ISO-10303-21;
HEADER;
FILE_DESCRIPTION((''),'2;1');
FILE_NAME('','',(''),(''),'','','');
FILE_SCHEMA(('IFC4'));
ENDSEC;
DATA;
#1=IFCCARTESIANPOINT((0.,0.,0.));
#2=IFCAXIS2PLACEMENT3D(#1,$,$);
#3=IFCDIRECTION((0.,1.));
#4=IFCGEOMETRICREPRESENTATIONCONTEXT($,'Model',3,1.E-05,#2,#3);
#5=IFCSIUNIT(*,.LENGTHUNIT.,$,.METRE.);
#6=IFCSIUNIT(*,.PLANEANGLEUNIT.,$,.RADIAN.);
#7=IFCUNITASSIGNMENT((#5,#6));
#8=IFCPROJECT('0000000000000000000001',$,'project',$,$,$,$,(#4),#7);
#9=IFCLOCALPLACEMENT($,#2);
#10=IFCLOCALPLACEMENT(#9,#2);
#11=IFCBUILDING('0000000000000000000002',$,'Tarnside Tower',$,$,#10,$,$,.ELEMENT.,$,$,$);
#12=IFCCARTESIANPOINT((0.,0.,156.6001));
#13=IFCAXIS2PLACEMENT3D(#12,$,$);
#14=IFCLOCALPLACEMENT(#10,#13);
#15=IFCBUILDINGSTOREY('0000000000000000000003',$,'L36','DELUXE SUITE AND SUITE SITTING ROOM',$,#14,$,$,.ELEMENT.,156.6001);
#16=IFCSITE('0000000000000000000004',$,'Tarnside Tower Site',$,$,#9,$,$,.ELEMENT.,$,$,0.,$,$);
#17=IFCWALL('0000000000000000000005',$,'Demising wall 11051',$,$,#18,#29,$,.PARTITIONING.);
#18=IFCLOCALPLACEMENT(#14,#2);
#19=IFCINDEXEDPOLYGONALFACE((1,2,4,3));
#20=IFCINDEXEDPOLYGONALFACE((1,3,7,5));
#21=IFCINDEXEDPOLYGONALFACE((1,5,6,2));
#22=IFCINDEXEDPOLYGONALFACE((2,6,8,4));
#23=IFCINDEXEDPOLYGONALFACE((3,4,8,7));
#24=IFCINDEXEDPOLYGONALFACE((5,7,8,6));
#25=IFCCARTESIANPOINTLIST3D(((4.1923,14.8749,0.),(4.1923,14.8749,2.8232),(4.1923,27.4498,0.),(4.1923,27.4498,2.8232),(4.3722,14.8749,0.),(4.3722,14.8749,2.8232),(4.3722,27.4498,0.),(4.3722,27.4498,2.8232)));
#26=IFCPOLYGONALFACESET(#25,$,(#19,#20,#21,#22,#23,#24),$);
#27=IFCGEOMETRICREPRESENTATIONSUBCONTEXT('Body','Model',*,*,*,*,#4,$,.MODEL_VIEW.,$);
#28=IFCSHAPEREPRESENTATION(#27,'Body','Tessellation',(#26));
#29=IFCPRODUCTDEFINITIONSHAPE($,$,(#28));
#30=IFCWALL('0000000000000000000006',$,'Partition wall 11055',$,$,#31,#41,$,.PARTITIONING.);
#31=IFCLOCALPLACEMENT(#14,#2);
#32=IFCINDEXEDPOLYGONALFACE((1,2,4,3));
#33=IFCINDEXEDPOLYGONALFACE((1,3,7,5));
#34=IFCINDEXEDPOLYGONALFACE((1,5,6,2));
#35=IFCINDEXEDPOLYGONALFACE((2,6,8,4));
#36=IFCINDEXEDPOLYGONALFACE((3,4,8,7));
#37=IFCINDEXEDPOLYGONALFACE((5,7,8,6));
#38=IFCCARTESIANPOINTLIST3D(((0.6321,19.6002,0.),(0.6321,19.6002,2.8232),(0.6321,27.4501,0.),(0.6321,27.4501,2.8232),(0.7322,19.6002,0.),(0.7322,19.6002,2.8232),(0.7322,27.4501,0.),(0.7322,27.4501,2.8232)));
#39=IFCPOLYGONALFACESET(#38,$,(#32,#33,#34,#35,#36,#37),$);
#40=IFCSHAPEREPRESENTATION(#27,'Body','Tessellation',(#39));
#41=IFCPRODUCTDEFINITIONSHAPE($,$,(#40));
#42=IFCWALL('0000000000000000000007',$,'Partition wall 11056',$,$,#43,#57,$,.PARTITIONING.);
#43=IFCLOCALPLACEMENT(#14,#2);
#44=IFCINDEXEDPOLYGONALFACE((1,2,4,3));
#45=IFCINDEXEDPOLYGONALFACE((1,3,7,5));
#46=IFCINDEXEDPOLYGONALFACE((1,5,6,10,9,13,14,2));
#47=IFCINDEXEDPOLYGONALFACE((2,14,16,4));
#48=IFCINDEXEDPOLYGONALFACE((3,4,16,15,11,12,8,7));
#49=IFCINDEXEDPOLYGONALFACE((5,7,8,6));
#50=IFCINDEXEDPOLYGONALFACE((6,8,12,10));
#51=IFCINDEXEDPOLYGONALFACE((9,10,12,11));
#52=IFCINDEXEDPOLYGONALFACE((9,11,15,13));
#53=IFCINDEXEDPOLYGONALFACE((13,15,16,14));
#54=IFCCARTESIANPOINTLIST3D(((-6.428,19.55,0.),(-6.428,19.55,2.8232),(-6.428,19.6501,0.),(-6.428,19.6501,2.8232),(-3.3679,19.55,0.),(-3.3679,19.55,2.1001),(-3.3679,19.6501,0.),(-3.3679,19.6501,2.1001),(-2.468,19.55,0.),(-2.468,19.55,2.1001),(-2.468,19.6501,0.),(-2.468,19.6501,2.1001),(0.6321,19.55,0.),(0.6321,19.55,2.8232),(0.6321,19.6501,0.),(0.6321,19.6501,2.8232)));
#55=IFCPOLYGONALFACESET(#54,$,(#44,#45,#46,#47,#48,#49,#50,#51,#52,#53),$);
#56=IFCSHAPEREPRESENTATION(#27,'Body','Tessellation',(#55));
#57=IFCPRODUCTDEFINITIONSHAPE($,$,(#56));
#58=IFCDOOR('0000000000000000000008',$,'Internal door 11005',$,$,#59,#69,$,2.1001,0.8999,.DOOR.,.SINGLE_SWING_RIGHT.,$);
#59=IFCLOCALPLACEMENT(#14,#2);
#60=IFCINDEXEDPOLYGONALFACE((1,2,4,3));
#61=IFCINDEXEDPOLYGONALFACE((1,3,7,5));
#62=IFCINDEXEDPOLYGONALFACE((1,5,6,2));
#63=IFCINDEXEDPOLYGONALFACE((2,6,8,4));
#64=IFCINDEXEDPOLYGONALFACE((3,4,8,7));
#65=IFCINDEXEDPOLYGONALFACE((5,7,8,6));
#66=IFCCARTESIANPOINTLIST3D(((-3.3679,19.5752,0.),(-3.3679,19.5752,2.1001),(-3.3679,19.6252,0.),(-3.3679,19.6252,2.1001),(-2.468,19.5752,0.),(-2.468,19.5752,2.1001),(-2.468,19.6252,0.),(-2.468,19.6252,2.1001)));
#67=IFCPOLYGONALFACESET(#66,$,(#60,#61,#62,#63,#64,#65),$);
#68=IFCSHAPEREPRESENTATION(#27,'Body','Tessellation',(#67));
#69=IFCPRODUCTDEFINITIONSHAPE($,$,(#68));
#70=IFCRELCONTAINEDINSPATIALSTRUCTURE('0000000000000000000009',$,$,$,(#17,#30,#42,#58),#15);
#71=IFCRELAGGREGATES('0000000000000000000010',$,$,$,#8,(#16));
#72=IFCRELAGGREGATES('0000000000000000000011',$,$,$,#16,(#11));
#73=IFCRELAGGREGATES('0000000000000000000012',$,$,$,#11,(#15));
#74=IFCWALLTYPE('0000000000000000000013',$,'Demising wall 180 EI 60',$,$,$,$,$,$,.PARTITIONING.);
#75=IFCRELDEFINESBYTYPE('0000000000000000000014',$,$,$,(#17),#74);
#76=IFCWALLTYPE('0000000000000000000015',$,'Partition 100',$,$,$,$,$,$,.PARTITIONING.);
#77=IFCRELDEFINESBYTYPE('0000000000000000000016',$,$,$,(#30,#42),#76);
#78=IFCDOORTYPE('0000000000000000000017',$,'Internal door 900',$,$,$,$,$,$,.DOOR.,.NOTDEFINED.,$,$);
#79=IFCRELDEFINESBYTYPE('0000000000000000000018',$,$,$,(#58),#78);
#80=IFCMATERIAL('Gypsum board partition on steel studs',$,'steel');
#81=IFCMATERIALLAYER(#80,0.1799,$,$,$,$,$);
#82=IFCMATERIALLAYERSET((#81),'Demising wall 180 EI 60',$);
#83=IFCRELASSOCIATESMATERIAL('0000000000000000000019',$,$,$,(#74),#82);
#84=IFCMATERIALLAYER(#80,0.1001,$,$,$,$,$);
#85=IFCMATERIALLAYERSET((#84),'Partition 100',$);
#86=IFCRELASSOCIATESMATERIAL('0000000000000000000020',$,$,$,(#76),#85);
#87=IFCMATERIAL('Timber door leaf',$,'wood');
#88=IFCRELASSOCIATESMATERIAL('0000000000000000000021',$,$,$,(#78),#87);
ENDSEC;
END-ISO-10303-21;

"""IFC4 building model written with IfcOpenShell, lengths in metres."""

from ifc_helpers import new_model, si_unit, direction, frame, frame_2d, origin, place, context, subcontext, project, spatial, rectangle, extrude, material, layer, layer_set, type_object, element, fill, save


model = new_model("IFC4")

# Units and contexts
model_context = context("Model", 3, precision=1e-05, world=origin(), true_north=direction((0.0, 1.0)))
body_context = subcontext(model_context, "Body", "Model", "MODEL_VIEW")
ifc_project = project(units=[si_unit("LENGTHUNIT", "METRE"), si_unit("PLANEANGLEUNIT", "RADIAN")], contexts=[model_context])

# Site, building, storey
site_placement = place(None, origin())
site = spatial("IfcSite", under=ifc_project, at=site_placement, Name="Tarnside Tower Site", CompositionType="ELEMENT", RefElevation=0.0)
building_placement = place(site_placement, origin())
building = spatial("IfcBuilding", under=site, at=building_placement, Name="Tarnside Tower", CompositionType="ELEMENT")
storey_placement = place(building_placement, frame((0.0, 0.0, 156.6001)))
storey = spatial("IfcBuildingStorey", under=building, at=storey_placement, Name="L36", Description="DELUXE SUITE AND SUITE SITTING ROOM", CompositionType="ELEMENT", Elevation=156.6001)

# Shared definitions
ifc_material_1 = material(Name="Gypsum board partition on steel studs", Category="steel")
ifc_material_2 = material(Name="Timber door leaf", Category="wood")

# Walls
ifc_layer_1 = layer(ifc_material_1, 0.1799)
ifc_layer_set_1 = layer_set([ifc_layer_1], Name="Demising wall 180 EI 60")
wall_type_1 = type_object("IfcWallType", Name="Demising wall 180 EI 60", PredefinedType="PARTITIONING", material=ifc_layer_set_1)
wall_1_placement = place(storey_placement, frame((4.2822, 27.45, 0.0), z_axis=(0.0, 0.0, 1.0), x_axis=(0.0, -1.0, 0.0)))
element("IfcWall", 1, at=wall_1_placement, inside=storey, type_object=wall_type_1, Name="Demising wall 11051", PredefinedType="PARTITIONING", context=body_context, shape_type="SweptSolid", body=[
    extrude(rectangle(XDim=12.575, YDim=0.1799, at=frame_2d((6.2876, 0.0))), origin(), (0.0, 0.0, 1.0), 2.8232),
])
ifc_layer_2 = layer(ifc_material_1, 0.1001)
ifc_layer_set_2 = layer_set([ifc_layer_2], Name="Partition 100")
wall_type_2 = type_object("IfcWallType", Name="Partition 100", PredefinedType="PARTITIONING", material=ifc_layer_set_2)
wall_2_placement = place(storey_placement, frame((0.6821, 27.45, 0.0), z_axis=(0.0, 0.0, 1.0), x_axis=(0.0, -1.0, 0.0)))
element("IfcWall", 2, at=wall_2_placement, inside=storey, type_object=wall_type_2, Name="Partition wall 11055", PredefinedType="PARTITIONING", context=body_context, shape_type="SweptSolid", body=[
    extrude(rectangle(XDim=7.8499, YDim=0.1001, at=frame_2d((3.9248, 0.0))), origin(), (0.0, 0.0, 1.0), 2.8232),
])

# Wall, opening, door
wall_3_placement = place(storey_placement, frame((0.6321, 19.6001, 0.0), z_axis=(0.0, 0.0, 1.0), x_axis=(-1.0, 0.0, 0.0)))
wall_3 = element("IfcWall", 3, at=wall_3_placement, inside=storey, type_object=wall_type_2, Name="Partition wall 11056", PredefinedType="PARTITIONING", context=body_context, shape_type="SweptSolid", body=[
    extrude(rectangle(XDim=7.0601, YDim=0.1001, at=frame_2d((3.53, 0.0))), origin(), (0.0, 0.0, 1.0), 2.8232),
])
opening_1_placement = place(wall_3_placement, frame((3.1001, 0.0, 0.0)))
opening_1 = element("IfcOpeningElement", 4, at=opening_1_placement, cuts=wall_3, PredefinedType="OPENING", context=body_context, shape_type="SweptSolid", body=[
    extrude(rectangle(XDim=0.8999, YDim=2.1001, at=frame_2d((0.45, 1.05))), frame((0.0, 0.0601, 0.0), z_axis=(0.0, -1.0, 0.0), x_axis=(1.0, 0.0, 0.0)), (0.0, 0.0, 1.0), 0.1201),
])
door_type_1 = type_object("IfcDoorType", Name="Internal door 900", OperationType="NOTDEFINED", PredefinedType="DOOR", material=ifc_material_2)
door_1_placement = place(opening_1_placement, origin())
door_1 = element("IfcDoor", 5, at=door_1_placement, inside=storey, type_object=door_type_1, Name="Internal door 11005", OperationType="SINGLE_SWING_RIGHT", OverallHeight=2.1001, OverallWidth=0.8999, PredefinedType="DOOR", context=body_context, shape_type="SweptSolid", body=[
    extrude(rectangle(XDim=0.8999, YDim=2.1001, at=frame_2d((0.45, 1.05))), frame((0.0, 0.0249, 0.0), z_axis=(0.0, -1.0, 0.0), x_axis=(1.0, 0.0, 0.0)), (0.0, 0.0, 1.0), 0.05),
])
fill(opening_1, door_1)

save(model, "model.ifc")
